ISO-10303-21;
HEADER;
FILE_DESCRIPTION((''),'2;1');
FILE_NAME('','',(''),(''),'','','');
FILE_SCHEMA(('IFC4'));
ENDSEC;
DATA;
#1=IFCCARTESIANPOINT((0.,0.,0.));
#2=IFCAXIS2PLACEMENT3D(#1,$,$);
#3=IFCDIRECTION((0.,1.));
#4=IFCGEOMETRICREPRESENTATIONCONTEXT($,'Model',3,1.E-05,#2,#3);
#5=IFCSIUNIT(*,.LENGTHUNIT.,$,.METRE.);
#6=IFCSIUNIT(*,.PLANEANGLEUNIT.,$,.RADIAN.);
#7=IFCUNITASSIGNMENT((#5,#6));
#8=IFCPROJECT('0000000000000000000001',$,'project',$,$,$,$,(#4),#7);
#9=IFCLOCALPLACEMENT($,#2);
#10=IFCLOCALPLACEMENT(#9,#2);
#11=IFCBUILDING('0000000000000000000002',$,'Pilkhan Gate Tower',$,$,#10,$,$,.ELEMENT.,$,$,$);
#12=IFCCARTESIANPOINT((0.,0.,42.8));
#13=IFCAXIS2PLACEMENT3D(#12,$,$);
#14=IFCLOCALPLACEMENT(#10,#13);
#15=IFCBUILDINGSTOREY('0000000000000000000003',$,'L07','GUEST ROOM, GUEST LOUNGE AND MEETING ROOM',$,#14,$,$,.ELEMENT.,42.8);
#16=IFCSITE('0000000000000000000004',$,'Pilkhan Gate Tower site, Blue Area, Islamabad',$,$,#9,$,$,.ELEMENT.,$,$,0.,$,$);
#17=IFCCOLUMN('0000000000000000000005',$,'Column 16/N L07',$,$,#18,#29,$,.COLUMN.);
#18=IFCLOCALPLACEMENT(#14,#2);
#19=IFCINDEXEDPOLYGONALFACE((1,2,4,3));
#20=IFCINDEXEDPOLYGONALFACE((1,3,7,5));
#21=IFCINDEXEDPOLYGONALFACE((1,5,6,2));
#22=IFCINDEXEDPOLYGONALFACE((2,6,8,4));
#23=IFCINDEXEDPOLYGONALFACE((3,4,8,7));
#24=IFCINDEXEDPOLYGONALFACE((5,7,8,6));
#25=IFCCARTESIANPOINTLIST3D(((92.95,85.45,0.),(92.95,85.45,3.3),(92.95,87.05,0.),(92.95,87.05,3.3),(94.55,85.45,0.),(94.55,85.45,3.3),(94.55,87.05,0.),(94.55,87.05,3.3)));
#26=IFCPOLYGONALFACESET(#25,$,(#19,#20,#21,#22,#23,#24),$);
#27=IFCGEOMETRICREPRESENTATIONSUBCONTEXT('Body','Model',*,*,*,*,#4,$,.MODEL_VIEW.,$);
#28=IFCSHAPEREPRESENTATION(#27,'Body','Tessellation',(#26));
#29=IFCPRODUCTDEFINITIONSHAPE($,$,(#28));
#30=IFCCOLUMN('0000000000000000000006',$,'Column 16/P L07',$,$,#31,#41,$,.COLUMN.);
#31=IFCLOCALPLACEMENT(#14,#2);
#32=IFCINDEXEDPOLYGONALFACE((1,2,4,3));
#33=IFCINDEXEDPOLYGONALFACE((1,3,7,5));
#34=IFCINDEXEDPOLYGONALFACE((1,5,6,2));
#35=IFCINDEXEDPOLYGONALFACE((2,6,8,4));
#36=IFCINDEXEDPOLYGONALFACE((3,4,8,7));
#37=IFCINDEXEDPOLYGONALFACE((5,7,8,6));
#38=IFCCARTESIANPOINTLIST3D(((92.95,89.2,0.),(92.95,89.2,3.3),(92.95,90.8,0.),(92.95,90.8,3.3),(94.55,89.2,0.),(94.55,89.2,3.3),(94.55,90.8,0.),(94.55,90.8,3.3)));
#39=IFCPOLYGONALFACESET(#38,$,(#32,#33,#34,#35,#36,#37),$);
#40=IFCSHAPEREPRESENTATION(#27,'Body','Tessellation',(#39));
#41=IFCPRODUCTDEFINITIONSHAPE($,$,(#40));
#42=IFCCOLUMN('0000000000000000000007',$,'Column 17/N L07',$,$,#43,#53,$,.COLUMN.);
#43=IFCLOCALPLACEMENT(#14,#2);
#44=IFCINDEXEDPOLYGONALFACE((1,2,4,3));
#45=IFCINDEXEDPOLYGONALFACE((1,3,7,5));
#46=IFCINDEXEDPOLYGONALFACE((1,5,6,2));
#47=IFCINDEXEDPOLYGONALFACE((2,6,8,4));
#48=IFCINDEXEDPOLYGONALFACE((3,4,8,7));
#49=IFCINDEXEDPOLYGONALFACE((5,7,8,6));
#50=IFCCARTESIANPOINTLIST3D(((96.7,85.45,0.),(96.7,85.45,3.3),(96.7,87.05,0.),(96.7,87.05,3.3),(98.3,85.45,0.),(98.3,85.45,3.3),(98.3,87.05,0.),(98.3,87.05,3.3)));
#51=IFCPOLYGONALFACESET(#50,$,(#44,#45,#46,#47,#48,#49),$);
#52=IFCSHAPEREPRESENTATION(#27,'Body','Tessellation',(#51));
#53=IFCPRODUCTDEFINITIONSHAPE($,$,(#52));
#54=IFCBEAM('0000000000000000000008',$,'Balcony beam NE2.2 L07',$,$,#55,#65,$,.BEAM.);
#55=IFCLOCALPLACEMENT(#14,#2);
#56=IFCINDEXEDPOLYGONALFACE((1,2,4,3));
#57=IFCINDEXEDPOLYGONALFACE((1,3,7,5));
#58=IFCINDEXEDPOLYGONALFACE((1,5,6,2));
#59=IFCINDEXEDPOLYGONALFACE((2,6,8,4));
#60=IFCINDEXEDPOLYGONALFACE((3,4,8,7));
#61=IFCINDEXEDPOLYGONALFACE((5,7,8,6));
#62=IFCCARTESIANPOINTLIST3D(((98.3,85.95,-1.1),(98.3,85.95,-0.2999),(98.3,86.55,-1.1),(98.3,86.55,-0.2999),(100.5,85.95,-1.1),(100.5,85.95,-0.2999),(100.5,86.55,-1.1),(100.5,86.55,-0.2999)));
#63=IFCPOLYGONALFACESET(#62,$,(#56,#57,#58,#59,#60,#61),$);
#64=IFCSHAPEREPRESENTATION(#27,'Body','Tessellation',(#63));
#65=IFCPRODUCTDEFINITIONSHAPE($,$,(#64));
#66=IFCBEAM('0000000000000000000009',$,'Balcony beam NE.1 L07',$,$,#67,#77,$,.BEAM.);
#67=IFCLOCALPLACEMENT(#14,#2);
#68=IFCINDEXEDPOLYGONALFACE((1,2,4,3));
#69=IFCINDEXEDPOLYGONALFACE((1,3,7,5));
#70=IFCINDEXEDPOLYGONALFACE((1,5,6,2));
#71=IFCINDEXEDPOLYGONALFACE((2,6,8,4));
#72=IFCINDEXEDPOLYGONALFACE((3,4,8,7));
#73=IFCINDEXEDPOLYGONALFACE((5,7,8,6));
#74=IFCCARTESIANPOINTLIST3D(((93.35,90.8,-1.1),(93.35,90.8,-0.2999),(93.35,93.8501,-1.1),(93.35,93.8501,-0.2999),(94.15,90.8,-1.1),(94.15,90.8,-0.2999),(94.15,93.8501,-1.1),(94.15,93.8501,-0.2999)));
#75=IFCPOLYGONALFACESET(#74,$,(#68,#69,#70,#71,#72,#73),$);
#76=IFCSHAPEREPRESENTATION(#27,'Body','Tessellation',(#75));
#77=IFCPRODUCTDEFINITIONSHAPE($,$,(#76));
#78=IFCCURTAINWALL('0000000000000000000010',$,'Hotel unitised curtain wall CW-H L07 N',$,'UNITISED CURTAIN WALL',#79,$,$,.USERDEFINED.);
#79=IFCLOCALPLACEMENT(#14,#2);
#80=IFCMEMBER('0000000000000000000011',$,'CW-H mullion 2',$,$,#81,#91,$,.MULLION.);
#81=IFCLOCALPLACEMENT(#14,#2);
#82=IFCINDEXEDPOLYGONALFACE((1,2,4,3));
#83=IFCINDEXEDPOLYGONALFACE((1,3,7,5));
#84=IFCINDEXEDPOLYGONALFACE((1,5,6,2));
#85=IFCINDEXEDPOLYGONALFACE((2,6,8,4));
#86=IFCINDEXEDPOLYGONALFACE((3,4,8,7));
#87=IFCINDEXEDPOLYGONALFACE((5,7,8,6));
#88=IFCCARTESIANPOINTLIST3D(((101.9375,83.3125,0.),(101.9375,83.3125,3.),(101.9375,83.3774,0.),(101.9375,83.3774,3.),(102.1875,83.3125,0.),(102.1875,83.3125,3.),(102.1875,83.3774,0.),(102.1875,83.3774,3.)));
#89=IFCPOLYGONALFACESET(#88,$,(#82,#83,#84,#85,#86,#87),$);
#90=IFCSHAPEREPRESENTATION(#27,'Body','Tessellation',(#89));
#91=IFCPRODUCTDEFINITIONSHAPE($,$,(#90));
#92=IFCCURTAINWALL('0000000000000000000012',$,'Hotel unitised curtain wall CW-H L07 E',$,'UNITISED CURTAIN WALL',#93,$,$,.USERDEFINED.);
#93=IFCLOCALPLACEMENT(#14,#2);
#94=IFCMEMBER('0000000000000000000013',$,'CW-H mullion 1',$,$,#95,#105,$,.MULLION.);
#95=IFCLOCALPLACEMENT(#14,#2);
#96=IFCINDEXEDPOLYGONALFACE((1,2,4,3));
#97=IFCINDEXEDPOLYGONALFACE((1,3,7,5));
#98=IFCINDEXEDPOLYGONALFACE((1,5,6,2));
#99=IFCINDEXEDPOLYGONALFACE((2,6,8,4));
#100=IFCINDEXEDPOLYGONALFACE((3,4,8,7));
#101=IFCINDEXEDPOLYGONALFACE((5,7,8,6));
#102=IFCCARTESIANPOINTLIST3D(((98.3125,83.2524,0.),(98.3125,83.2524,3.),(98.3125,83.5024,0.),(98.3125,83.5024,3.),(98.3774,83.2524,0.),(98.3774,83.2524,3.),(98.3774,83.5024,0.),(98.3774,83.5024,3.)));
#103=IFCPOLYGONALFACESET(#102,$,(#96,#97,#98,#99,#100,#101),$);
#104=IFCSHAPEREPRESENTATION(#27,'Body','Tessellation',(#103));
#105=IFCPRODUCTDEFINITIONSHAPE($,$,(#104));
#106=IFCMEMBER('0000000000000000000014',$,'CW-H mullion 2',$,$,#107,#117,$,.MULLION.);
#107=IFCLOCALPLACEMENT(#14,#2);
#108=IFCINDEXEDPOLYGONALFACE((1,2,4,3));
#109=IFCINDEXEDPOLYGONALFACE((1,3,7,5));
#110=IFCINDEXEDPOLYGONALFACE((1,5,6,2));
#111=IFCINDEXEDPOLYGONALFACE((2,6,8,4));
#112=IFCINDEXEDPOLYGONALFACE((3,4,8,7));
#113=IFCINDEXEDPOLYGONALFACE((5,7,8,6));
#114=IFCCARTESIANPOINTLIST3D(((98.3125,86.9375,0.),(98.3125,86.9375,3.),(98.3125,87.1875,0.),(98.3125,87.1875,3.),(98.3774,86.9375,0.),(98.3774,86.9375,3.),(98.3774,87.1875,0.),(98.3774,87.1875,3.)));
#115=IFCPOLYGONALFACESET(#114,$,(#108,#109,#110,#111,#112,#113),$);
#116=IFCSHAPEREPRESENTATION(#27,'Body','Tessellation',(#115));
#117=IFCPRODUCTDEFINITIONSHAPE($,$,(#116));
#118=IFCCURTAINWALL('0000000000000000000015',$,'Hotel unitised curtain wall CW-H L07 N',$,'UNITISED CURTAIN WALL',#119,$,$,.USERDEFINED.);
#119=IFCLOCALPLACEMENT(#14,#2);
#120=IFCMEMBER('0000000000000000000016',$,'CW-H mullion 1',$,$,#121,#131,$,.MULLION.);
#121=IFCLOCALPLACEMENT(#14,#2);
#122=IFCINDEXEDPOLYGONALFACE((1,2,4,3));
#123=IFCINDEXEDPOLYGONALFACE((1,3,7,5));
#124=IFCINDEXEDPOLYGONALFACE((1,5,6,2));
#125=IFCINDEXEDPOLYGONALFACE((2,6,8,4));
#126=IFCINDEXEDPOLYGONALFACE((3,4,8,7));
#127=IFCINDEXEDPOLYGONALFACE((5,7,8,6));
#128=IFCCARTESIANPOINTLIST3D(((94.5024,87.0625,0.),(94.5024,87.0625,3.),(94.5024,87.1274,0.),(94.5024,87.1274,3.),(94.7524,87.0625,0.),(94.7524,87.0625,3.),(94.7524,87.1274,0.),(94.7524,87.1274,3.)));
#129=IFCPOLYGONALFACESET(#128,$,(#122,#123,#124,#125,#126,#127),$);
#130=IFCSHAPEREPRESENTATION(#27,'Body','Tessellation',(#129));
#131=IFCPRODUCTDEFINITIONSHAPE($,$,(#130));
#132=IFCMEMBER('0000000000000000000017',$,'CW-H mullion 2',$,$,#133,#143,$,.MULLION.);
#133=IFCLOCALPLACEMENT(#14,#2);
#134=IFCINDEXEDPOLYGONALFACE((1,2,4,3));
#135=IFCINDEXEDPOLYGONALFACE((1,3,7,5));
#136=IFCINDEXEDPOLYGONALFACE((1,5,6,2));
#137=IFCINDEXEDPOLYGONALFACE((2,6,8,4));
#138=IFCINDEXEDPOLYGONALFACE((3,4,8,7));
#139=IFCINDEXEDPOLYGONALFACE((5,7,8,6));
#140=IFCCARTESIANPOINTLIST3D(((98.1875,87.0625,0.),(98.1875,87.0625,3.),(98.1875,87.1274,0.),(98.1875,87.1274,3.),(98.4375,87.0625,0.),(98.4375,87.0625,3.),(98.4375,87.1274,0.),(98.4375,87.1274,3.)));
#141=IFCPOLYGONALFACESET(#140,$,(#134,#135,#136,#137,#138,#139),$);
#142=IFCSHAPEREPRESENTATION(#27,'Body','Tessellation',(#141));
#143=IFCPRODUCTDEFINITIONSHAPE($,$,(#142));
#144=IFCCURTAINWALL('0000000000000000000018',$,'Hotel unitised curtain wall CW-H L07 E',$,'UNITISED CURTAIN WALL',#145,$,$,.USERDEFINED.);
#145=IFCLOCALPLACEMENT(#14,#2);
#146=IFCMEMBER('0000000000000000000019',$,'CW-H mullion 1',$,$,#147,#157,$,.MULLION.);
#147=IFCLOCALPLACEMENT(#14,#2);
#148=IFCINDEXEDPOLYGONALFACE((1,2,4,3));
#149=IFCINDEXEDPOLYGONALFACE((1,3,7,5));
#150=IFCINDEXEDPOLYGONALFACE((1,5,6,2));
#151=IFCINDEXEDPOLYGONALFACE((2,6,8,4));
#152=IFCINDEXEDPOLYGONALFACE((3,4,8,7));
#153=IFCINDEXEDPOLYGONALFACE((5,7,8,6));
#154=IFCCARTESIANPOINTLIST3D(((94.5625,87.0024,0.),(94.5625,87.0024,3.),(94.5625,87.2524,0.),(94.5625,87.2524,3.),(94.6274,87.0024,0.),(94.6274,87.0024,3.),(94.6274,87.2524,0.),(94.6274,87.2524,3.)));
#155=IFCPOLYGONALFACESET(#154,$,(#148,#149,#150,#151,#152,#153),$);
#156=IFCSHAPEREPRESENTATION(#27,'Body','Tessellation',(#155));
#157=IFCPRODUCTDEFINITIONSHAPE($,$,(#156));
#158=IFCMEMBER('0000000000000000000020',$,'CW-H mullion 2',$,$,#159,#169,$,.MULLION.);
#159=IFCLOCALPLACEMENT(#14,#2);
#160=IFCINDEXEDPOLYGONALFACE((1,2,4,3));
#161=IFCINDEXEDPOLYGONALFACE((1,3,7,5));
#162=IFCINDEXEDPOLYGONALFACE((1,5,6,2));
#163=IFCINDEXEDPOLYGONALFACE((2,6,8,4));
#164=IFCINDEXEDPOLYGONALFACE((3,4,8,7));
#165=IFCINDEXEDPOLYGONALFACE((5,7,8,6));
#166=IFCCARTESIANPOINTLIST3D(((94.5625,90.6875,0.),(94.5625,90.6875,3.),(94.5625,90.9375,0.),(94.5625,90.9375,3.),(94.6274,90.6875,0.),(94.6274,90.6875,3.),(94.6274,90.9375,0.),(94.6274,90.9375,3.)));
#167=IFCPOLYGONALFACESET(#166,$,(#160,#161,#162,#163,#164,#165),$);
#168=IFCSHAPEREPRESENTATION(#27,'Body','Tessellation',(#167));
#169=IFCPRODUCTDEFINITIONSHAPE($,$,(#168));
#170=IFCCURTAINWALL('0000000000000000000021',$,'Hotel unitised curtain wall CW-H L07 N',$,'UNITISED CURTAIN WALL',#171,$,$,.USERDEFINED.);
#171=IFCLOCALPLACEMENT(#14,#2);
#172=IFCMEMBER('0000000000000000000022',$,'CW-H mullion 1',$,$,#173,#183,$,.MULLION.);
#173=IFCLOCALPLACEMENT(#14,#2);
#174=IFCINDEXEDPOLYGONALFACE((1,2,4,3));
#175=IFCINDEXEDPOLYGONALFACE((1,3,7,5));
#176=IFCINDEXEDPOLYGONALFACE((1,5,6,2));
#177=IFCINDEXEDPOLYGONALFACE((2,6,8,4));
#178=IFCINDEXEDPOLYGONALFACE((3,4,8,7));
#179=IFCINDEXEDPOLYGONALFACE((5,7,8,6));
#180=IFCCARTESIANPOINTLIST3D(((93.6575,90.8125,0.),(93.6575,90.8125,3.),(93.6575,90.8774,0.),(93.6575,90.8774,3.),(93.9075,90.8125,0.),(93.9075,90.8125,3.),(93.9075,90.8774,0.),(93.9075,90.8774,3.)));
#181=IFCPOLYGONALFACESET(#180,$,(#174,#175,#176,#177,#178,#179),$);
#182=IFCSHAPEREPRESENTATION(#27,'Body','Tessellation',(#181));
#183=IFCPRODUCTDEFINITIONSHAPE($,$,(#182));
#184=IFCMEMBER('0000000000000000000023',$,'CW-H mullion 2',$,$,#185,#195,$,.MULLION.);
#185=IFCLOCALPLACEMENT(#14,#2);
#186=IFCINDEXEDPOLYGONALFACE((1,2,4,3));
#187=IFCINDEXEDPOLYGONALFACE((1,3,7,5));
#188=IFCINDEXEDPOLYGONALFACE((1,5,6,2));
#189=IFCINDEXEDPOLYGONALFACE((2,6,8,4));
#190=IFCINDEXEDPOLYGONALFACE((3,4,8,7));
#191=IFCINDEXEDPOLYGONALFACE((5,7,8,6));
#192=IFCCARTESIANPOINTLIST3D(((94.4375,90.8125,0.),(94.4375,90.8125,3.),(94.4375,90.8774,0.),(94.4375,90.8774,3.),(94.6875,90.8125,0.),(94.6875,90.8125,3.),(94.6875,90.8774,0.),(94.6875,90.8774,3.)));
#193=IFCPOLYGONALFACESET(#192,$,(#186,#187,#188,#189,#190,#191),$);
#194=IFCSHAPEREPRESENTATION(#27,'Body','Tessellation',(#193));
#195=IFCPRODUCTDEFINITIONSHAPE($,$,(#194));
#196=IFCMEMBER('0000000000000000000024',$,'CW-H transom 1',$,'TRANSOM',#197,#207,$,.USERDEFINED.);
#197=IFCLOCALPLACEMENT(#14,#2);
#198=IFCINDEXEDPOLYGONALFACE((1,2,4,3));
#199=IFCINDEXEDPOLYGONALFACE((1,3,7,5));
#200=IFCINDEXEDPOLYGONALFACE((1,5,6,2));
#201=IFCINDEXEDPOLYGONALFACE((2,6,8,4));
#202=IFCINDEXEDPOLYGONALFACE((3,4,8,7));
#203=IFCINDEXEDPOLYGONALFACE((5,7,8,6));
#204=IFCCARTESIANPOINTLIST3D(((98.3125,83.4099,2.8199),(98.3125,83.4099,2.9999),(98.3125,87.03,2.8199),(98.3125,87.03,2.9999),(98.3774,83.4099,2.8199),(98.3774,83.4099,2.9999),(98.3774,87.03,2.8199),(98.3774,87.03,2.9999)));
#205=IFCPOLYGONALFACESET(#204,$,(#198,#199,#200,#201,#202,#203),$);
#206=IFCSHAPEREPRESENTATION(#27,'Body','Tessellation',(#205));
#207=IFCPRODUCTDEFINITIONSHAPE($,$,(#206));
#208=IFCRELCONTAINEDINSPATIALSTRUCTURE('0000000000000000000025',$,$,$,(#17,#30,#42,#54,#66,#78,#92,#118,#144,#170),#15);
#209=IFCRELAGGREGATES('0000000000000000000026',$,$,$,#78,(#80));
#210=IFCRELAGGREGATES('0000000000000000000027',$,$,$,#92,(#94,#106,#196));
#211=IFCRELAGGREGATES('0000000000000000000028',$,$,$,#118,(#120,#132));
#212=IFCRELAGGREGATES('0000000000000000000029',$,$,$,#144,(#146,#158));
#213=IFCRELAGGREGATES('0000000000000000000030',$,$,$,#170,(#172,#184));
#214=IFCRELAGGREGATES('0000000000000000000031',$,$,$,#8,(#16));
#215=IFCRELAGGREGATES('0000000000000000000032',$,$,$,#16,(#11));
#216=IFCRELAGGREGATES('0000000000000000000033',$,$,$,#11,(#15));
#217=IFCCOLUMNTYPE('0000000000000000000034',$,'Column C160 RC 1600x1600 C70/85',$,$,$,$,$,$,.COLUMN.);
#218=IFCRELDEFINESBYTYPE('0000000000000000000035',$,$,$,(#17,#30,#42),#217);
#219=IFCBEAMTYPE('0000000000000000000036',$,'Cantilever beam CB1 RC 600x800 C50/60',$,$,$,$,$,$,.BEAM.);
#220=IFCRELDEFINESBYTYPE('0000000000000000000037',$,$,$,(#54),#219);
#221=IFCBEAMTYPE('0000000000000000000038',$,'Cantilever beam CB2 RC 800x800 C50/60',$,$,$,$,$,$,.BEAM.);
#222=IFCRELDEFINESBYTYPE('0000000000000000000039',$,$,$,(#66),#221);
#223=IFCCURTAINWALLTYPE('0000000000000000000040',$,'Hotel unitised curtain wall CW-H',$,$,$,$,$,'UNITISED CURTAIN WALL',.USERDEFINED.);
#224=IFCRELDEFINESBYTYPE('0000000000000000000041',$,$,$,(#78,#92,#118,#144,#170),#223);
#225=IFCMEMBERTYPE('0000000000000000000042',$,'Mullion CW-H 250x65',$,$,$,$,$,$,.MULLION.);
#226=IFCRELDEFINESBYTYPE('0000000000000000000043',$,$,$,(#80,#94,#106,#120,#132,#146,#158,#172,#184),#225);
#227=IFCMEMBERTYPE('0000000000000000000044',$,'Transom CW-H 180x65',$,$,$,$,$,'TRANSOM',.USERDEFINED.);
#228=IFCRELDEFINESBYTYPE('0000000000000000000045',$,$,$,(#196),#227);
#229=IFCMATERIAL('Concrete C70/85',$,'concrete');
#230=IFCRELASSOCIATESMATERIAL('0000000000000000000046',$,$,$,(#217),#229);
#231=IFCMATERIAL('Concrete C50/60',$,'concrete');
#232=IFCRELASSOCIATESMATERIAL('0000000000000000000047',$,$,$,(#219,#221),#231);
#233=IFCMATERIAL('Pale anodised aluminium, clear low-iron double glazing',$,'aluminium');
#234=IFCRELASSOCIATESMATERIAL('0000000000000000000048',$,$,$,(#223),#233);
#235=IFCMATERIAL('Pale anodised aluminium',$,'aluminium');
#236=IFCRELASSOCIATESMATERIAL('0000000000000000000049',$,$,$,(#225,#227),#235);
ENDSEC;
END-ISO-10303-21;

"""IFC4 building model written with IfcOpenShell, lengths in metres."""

from ifc_helpers import new_model, si_unit, direction, frame, origin, origin_2d, place, context, subcontext, project, spatial, rectangle, extrude, material, material_profile, profile_set, type_object, element, aggregate, save


model = new_model("IFC4")

# Units and contexts
model_context = context("Model", 3, precision=1e-05, world=origin(), true_north=direction((0.0, 1.0)))
body_context = subcontext(model_context, "Body", "Model", "MODEL_VIEW")
ifc_project = project(units=[si_unit("LENGTHUNIT", "METRE"), si_unit("PLANEANGLEUNIT", "RADIAN")], contexts=[model_context])

# Site, building, storey
site_placement = place(None, origin())
site = spatial("IfcSite", under=ifc_project, at=site_placement, Name="Pilkhan Gate Tower site, Blue Area, Islamabad", CompositionType="ELEMENT", RefElevation=0.0)
building_placement = place(site_placement, origin())
building = spatial("IfcBuilding", under=site, at=building_placement, Name="Pilkhan Gate Tower", CompositionType="ELEMENT")
storey_placement = place(building_placement, frame((0.0, 0.0, 42.8)))
storey = spatial("IfcBuildingStorey", under=building, at=storey_placement, Name="L07", Description="GUEST ROOM, GUEST LOUNGE AND MEETING ROOM", CompositionType="ELEMENT", Elevation=42.8)

# Columns
ifc_material_1 = material(Name="Concrete C70/85", Category="concrete")
ifc_material_profile_1 = material_profile(ifc_material_1, rectangle(XDim=1.6001, YDim=1.6001, at=origin_2d()), Name="RC 1600x1600")
ifc_profile_set_1 = profile_set([ifc_material_profile_1], Name="Concrete C70/85")
column_type = type_object("IfcColumnType", Name="Column C160 RC 1600x1600 C70/85", PredefinedType="COLUMN", material=ifc_profile_set_1)
for number, where, z_axis, x_axis, name in (
    (1, (93.75, 86.25, 0.0), (0.0, 0.0, 1.0), (1.0, 0.0, 0.0), "Column 16/N L07"),
    (2, (93.75, 90.0, 0.0), (0.0, 0.0, 1.0), (1.0, 0.0, 0.0), "Column 16/P L07"),
    (3, (97.5, 86.25, 0.0), (0.0, 0.0, 1.0), (1.0, 0.0, 0.0), "Column 17/N L07"),
):
    element("IfcColumn", number, at=place(storey_placement, frame(where, z_axis=z_axis, x_axis=x_axis)), inside=storey, type_object=column_type, Name=name, PredefinedType="COLUMN", context=body_context, shape_type="SweptSolid", body=[
        extrude(rectangle(XDim=1.6001, YDim=1.6001, at=origin_2d()), origin(), (0.0, 0.0, 1.0), 3.3),
    ])

# Beams
ifc_material_2 = material(Name="Concrete C50/60", Category="concrete")
ifc_material_profile_2 = material_profile(ifc_material_2, rectangle(XDim=0.6001, YDim=0.8, at=origin_2d()), Name="RC 600x800")
ifc_profile_set_2 = profile_set([ifc_material_profile_2], Name="Concrete C50/60")
beam_type_1 = type_object("IfcBeamType", Name="Cantilever beam CB1 RC 600x800 C50/60", PredefinedType="BEAM", material=ifc_profile_set_2)
beam_1_placement = place(storey_placement, frame((98.3, 86.25, -0.7), z_axis=(1.0, 0.0, 0.0), x_axis=(0.0, 1.0, 0.0)))
element("IfcBeam", 4, at=beam_1_placement, inside=storey, type_object=beam_type_1, Name="Balcony beam NE2.2 L07", PredefinedType="BEAM", context=body_context, shape_type="SweptSolid", body=[
    extrude(rectangle(XDim=0.6001, YDim=0.8, at=origin_2d()), origin(), (0.0, 0.0, 1.0), 2.2),
])
ifc_material_profile_3 = material_profile(ifc_material_2, rectangle(XDim=0.8, YDim=0.8, at=origin_2d()), Name="RC 800x800")
ifc_profile_set_3 = profile_set([ifc_material_profile_3], Name="Concrete C50/60")
beam_type_2 = type_object("IfcBeamType", Name="Cantilever beam CB2 RC 800x800 C50/60", PredefinedType="BEAM", material=ifc_profile_set_3)
beam_2_placement = place(storey_placement, frame((93.75, 90.8, -0.7), z_axis=(0.0, 1.0, 0.0), x_axis=(-1.0, 0.0, 0.0)))
element("IfcBeam", 5, at=beam_2_placement, inside=storey, type_object=beam_type_2, Name="Balcony beam NE.1 L07", PredefinedType="BEAM", context=body_context, shape_type="SweptSolid", body=[
    extrude(rectangle(XDim=0.8, YDim=0.8, at=origin_2d()), origin(), (0.0, 0.0, 1.0), 3.05),
])

# Curtain wall, member
ifc_material_3 = material(Name="Pale anodised aluminium, clear low-iron double glazing", Category="aluminium")
curtain_wall_type = type_object("IfcCurtainWallType", Name="Hotel unitised curtain wall CW-H", ElementType="UNITISED CURTAIN WALL", PredefinedType="USERDEFINED", material=ifc_material_3)
curtain_wall_1_placement = place(storey_placement, origin())
curtain_wall_1 = element("IfcCurtainWall", 6, at=curtain_wall_1_placement, inside=storey, type_object=curtain_wall_type, Name="Hotel unitised curtain wall CW-H L07 N", ObjectType="UNITISED CURTAIN WALL", PredefinedType="USERDEFINED")
ifc_material_4 = material(Name="Pale anodised aluminium", Category="aluminium")
ifc_material_profile_4 = material_profile(ifc_material_4, rectangle(XDim=0.0649, YDim=0.25, at=origin_2d()), Name="Mullion 250x65")
ifc_profile_set_4 = profile_set([ifc_material_profile_4], Name="Pale anodised aluminium")
member_type_1 = type_object("IfcMemberType", Name="Mullion CW-H 250x65", PredefinedType="MULLION", material=ifc_profile_set_4)
member_1_placement = place(storey_placement, frame((102.0625, 83.345, 0.0), z_axis=(0.0, 0.0, 1.0), x_axis=(0.0, 1.0, 0.0)))
member_1 = element("IfcMember", 7, at=member_1_placement, type_object=member_type_1, Name="CW-H mullion 2", PredefinedType="MULLION", context=body_context, shape_type="SweptSolid", body=[
    extrude(rectangle(XDim=0.0649, YDim=0.25, at=origin_2d()), origin(), (0.0, 0.0, 1.0), 3.0),
])

# Curtain walls, members
curtain_wall_2_placement = place(storey_placement, origin())
curtain_wall_2 = element("IfcCurtainWall", 8, at=curtain_wall_2_placement, inside=storey, type_object=curtain_wall_type, Name="Hotel unitised curtain wall CW-H L07 E", ObjectType="UNITISED CURTAIN WALL", PredefinedType="USERDEFINED")
member_2_placement = place(storey_placement, frame((98.345, 83.3774, 0.0), z_axis=(0.0, 0.0, 1.0), x_axis=(-1.0, 0.0, 0.0)))
member_2 = element("IfcMember", 9, at=member_2_placement, type_object=member_type_1, Name="CW-H mullion 1", PredefinedType="MULLION", context=body_context, shape_type="SweptSolid", body=[
    extrude(rectangle(XDim=0.0649, YDim=0.25, at=origin_2d()), origin(), (0.0, 0.0, 1.0), 3.0),
])
member_3_placement = place(storey_placement, frame((98.345, 87.0625, 0.0), z_axis=(0.0, 0.0, 1.0), x_axis=(-1.0, 0.0, 0.0)))
member_3 = element("IfcMember", 10, at=member_3_placement, type_object=member_type_1, Name="CW-H mullion 2", PredefinedType="MULLION", context=body_context, shape_type="SweptSolid", body=[
    extrude(rectangle(XDim=0.0649, YDim=0.25, at=origin_2d()), origin(), (0.0, 0.0, 1.0), 3.0),
])
curtain_wall_3_placement = place(storey_placement, origin())
curtain_wall_3 = element("IfcCurtainWall", 11, at=curtain_wall_3_placement, inside=storey, type_object=curtain_wall_type, Name="Hotel unitised curtain wall CW-H L07 N", ObjectType="UNITISED CURTAIN WALL", PredefinedType="USERDEFINED")
member_4_placement = place(storey_placement, frame((94.6274, 87.095, 0.0), z_axis=(0.0, 0.0, 1.0), x_axis=(0.0, 1.0, 0.0)))
member_4 = element("IfcMember", 12, at=member_4_placement, type_object=member_type_1, Name="CW-H mullion 1", PredefinedType="MULLION", context=body_context, shape_type="SweptSolid", body=[
    extrude(rectangle(XDim=0.0649, YDim=0.25, at=origin_2d()), origin(), (0.0, 0.0, 1.0), 3.0),
])
member_5_placement = place(storey_placement, frame((98.3125, 87.095, 0.0), z_axis=(0.0, 0.0, 1.0), x_axis=(0.0, 1.0, 0.0)))
member_5 = element("IfcMember", 13, at=member_5_placement, type_object=member_type_1, Name="CW-H mullion 2", PredefinedType="MULLION", context=body_context, shape_type="SweptSolid", body=[
    extrude(rectangle(XDim=0.0649, YDim=0.25, at=origin_2d()), origin(), (0.0, 0.0, 1.0), 3.0),
])
curtain_wall_4_placement = place(storey_placement, origin())
curtain_wall_4 = element("IfcCurtainWall", 14, at=curtain_wall_4_placement, inside=storey, type_object=curtain_wall_type, Name="Hotel unitised curtain wall CW-H L07 E", ObjectType="UNITISED CURTAIN WALL", PredefinedType="USERDEFINED")
member_6_placement = place(storey_placement, frame((94.595, 87.1274, 0.0), z_axis=(0.0, 0.0, 1.0), x_axis=(-1.0, 0.0, 0.0)))
member_6 = element("IfcMember", 15, at=member_6_placement, type_object=member_type_1, Name="CW-H mullion 1", PredefinedType="MULLION", context=body_context, shape_type="SweptSolid", body=[
    extrude(rectangle(XDim=0.0649, YDim=0.25, at=origin_2d()), origin(), (0.0, 0.0, 1.0), 3.0),
])
member_7_placement = place(storey_placement, frame((94.595, 90.8125, 0.0), z_axis=(0.0, 0.0, 1.0), x_axis=(-1.0, 0.0, 0.0)))
member_7 = element("IfcMember", 16, at=member_7_placement, type_object=member_type_1, Name="CW-H mullion 2", PredefinedType="MULLION", context=body_context, shape_type="SweptSolid", body=[
    extrude(rectangle(XDim=0.0649, YDim=0.25, at=origin_2d()), origin(), (0.0, 0.0, 1.0), 3.0),
])
curtain_wall_5_placement = place(storey_placement, origin())
curtain_wall_5 = element("IfcCurtainWall", 17, at=curtain_wall_5_placement, inside=storey, type_object=curtain_wall_type, Name="Hotel unitised curtain wall CW-H L07 N", ObjectType="UNITISED CURTAIN WALL", PredefinedType="USERDEFINED")
member_8_placement = place(storey_placement, frame((93.7825, 90.845, 0.0), z_axis=(0.0, 0.0, 1.0), x_axis=(0.0, 1.0, 0.0)))
member_8 = element("IfcMember", 18, at=member_8_placement, type_object=member_type_1, Name="CW-H mullion 1", PredefinedType="MULLION", context=body_context, shape_type="SweptSolid", body=[
    extrude(rectangle(XDim=0.0649, YDim=0.25, at=origin_2d()), origin(), (0.0, 0.0, 1.0), 3.0),
])
member_9_placement = place(storey_placement, frame((94.5625, 90.845, 0.0), z_axis=(0.0, 0.0, 1.0), x_axis=(0.0, 1.0, 0.0)))
member_9 = element("IfcMember", 19, at=member_9_placement, type_object=member_type_1, Name="CW-H mullion 2", PredefinedType="MULLION", context=body_context, shape_type="SweptSolid", body=[
    extrude(rectangle(XDim=0.0649, YDim=0.25, at=origin_2d()), origin(), (0.0, 0.0, 1.0), 3.0),
])

# Member
ifc_material_profile_5 = material_profile(ifc_material_4, rectangle(XDim=0.0649, YDim=0.1799, at=origin_2d()), Name="Transom 180x65")
ifc_profile_set_5 = profile_set([ifc_material_profile_5], Name="Pale anodised aluminium")
member_type_2 = type_object("IfcMemberType", Name="Transom CW-H 180x65", ElementType="TRANSOM", PredefinedType="USERDEFINED", material=ifc_profile_set_5)
member_10_placement = place(storey_placement, frame((98.345, 83.4099, 2.9099), z_axis=(0.0, 1.0, 0.0), x_axis=(-1.0, 0.0, 0.0)))
member_10 = element("IfcMember", 20, at=member_10_placement, type_object=member_type_2, Name="CW-H transom 1", ObjectType="TRANSOM", PredefinedType="USERDEFINED", context=body_context, shape_type="SweptSolid", body=[
    extrude(rectangle(XDim=0.0649, YDim=0.1799, at=origin_2d()), origin(), (0.0, 0.0, 1.0), 3.6201),
])

aggregate(curtain_wall_1, [member_1])
aggregate(curtain_wall_2, [member_2, member_3, member_10])
aggregate(curtain_wall_3, [member_4, member_5])
aggregate(curtain_wall_4, [member_6, member_7])
aggregate(curtain_wall_5, [member_8, member_9])

save(model, "model.ifc")
